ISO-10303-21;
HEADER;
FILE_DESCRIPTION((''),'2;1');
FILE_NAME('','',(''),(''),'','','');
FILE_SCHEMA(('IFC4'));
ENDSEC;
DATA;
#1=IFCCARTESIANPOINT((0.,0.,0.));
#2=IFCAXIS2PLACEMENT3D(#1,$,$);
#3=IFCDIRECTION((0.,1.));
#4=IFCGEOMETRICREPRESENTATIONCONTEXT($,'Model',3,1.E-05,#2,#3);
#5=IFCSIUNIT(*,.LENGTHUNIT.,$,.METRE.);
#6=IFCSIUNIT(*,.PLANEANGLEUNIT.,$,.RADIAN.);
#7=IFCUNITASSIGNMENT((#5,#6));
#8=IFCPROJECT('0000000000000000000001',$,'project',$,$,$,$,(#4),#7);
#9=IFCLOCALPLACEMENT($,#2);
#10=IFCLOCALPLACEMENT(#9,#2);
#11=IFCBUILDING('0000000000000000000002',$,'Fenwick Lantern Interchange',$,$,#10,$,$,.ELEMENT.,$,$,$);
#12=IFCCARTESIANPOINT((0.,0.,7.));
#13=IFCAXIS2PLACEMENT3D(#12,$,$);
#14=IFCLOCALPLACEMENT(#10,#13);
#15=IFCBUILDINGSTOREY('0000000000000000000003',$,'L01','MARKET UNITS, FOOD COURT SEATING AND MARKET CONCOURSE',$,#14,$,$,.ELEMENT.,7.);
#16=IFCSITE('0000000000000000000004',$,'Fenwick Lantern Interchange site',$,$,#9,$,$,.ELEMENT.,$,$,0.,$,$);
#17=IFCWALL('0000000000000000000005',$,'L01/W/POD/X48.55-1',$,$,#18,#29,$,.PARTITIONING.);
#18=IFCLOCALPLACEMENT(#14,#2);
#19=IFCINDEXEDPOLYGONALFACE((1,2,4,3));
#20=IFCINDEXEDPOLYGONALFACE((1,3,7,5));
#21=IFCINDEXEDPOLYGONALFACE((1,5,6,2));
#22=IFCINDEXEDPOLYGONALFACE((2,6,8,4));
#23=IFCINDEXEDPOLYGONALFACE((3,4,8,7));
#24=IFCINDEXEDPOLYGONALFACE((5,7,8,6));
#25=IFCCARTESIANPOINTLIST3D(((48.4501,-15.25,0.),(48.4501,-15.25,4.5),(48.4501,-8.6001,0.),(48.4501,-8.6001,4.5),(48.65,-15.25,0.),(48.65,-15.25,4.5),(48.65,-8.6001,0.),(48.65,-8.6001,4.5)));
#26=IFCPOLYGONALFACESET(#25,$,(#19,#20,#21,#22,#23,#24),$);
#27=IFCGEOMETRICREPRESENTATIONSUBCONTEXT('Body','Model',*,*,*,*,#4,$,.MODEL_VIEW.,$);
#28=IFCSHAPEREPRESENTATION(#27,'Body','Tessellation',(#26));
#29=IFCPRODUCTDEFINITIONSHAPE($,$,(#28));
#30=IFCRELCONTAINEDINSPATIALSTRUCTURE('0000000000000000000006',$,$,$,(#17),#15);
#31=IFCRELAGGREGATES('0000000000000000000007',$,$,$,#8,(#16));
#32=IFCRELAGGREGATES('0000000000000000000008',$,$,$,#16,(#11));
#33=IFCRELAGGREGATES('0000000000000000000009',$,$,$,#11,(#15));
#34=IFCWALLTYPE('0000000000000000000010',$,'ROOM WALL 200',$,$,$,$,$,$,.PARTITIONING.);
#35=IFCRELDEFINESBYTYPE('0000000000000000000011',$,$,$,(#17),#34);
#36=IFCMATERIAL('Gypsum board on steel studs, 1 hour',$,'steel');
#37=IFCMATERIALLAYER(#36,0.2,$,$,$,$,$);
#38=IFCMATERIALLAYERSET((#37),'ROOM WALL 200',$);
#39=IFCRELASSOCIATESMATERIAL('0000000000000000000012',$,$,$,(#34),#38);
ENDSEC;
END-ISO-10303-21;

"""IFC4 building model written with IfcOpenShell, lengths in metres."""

from ifc_helpers import new_model, si_unit, direction, frame, frame_2d, origin, place, context, subcontext, project, spatial, rectangle, extrude, material, layer, layer_set, type_object, element, save


model = new_model("IFC4")

# Units and contexts
model_context = context("Model", 3, precision=1e-05, world=origin(), true_north=direction((0.0, 1.0)))
body_context = subcontext(model_context, "Body", "Model", "MODEL_VIEW")
ifc_project = project(units=[si_unit("LENGTHUNIT", "METRE"), si_unit("PLANEANGLEUNIT", "RADIAN")], contexts=[model_context])

# Site, building, storey
site_placement = place(None, origin())
site = spatial("IfcSite", under=ifc_project, at=site_placement, Name="Fenwick Lantern Interchange site", CompositionType="ELEMENT", RefElevation=0.0)
building_placement = place(site_placement, origin())
building = spatial("IfcBuilding", under=site, at=building_placement, Name="Fenwick Lantern Interchange", CompositionType="ELEMENT")
storey_placement = place(building_placement, frame((0.0, 0.0, 7.0)))
storey = spatial("IfcBuildingStorey", under=building, at=storey_placement, Name="L01", Description="MARKET UNITS, FOOD COURT SEATING AND MARKET CONCOURSE", CompositionType="ELEMENT", Elevation=7.0)

# Shared definitions
ifc_material_1 = material(Name="Gypsum board on steel studs, 1 hour", Category="steel")
ifc_layer_1 = layer(ifc_material_1, 0.2)
ifc_layer_set_1 = layer_set([ifc_layer_1], Name="ROOM WALL 200")
wall_type_1 = type_object("IfcWallType", Name="ROOM WALL 200", PredefinedType="PARTITIONING", material=ifc_layer_set_1)

# Wall
wall_1_placement = place(storey_placement, frame((48.55, -15.25, 0.0), z_axis=(0.0, 0.0, 1.0), x_axis=(0.0, 1.0, 0.0)))
element("IfcWall", 1, at=wall_1_placement, inside=storey, type_object=wall_type_1, Name="L01/W/POD/X48.55-1", PredefinedType="PARTITIONING", context=body_context, shape_type="SweptSolid", body=[
    extrude(rectangle(XDim=6.6499, YDim=0.2, at=frame_2d((3.325, 0.0))), origin(), (0.0, 0.0, 1.0), 4.5),
])

save(model, "model.ifc")
